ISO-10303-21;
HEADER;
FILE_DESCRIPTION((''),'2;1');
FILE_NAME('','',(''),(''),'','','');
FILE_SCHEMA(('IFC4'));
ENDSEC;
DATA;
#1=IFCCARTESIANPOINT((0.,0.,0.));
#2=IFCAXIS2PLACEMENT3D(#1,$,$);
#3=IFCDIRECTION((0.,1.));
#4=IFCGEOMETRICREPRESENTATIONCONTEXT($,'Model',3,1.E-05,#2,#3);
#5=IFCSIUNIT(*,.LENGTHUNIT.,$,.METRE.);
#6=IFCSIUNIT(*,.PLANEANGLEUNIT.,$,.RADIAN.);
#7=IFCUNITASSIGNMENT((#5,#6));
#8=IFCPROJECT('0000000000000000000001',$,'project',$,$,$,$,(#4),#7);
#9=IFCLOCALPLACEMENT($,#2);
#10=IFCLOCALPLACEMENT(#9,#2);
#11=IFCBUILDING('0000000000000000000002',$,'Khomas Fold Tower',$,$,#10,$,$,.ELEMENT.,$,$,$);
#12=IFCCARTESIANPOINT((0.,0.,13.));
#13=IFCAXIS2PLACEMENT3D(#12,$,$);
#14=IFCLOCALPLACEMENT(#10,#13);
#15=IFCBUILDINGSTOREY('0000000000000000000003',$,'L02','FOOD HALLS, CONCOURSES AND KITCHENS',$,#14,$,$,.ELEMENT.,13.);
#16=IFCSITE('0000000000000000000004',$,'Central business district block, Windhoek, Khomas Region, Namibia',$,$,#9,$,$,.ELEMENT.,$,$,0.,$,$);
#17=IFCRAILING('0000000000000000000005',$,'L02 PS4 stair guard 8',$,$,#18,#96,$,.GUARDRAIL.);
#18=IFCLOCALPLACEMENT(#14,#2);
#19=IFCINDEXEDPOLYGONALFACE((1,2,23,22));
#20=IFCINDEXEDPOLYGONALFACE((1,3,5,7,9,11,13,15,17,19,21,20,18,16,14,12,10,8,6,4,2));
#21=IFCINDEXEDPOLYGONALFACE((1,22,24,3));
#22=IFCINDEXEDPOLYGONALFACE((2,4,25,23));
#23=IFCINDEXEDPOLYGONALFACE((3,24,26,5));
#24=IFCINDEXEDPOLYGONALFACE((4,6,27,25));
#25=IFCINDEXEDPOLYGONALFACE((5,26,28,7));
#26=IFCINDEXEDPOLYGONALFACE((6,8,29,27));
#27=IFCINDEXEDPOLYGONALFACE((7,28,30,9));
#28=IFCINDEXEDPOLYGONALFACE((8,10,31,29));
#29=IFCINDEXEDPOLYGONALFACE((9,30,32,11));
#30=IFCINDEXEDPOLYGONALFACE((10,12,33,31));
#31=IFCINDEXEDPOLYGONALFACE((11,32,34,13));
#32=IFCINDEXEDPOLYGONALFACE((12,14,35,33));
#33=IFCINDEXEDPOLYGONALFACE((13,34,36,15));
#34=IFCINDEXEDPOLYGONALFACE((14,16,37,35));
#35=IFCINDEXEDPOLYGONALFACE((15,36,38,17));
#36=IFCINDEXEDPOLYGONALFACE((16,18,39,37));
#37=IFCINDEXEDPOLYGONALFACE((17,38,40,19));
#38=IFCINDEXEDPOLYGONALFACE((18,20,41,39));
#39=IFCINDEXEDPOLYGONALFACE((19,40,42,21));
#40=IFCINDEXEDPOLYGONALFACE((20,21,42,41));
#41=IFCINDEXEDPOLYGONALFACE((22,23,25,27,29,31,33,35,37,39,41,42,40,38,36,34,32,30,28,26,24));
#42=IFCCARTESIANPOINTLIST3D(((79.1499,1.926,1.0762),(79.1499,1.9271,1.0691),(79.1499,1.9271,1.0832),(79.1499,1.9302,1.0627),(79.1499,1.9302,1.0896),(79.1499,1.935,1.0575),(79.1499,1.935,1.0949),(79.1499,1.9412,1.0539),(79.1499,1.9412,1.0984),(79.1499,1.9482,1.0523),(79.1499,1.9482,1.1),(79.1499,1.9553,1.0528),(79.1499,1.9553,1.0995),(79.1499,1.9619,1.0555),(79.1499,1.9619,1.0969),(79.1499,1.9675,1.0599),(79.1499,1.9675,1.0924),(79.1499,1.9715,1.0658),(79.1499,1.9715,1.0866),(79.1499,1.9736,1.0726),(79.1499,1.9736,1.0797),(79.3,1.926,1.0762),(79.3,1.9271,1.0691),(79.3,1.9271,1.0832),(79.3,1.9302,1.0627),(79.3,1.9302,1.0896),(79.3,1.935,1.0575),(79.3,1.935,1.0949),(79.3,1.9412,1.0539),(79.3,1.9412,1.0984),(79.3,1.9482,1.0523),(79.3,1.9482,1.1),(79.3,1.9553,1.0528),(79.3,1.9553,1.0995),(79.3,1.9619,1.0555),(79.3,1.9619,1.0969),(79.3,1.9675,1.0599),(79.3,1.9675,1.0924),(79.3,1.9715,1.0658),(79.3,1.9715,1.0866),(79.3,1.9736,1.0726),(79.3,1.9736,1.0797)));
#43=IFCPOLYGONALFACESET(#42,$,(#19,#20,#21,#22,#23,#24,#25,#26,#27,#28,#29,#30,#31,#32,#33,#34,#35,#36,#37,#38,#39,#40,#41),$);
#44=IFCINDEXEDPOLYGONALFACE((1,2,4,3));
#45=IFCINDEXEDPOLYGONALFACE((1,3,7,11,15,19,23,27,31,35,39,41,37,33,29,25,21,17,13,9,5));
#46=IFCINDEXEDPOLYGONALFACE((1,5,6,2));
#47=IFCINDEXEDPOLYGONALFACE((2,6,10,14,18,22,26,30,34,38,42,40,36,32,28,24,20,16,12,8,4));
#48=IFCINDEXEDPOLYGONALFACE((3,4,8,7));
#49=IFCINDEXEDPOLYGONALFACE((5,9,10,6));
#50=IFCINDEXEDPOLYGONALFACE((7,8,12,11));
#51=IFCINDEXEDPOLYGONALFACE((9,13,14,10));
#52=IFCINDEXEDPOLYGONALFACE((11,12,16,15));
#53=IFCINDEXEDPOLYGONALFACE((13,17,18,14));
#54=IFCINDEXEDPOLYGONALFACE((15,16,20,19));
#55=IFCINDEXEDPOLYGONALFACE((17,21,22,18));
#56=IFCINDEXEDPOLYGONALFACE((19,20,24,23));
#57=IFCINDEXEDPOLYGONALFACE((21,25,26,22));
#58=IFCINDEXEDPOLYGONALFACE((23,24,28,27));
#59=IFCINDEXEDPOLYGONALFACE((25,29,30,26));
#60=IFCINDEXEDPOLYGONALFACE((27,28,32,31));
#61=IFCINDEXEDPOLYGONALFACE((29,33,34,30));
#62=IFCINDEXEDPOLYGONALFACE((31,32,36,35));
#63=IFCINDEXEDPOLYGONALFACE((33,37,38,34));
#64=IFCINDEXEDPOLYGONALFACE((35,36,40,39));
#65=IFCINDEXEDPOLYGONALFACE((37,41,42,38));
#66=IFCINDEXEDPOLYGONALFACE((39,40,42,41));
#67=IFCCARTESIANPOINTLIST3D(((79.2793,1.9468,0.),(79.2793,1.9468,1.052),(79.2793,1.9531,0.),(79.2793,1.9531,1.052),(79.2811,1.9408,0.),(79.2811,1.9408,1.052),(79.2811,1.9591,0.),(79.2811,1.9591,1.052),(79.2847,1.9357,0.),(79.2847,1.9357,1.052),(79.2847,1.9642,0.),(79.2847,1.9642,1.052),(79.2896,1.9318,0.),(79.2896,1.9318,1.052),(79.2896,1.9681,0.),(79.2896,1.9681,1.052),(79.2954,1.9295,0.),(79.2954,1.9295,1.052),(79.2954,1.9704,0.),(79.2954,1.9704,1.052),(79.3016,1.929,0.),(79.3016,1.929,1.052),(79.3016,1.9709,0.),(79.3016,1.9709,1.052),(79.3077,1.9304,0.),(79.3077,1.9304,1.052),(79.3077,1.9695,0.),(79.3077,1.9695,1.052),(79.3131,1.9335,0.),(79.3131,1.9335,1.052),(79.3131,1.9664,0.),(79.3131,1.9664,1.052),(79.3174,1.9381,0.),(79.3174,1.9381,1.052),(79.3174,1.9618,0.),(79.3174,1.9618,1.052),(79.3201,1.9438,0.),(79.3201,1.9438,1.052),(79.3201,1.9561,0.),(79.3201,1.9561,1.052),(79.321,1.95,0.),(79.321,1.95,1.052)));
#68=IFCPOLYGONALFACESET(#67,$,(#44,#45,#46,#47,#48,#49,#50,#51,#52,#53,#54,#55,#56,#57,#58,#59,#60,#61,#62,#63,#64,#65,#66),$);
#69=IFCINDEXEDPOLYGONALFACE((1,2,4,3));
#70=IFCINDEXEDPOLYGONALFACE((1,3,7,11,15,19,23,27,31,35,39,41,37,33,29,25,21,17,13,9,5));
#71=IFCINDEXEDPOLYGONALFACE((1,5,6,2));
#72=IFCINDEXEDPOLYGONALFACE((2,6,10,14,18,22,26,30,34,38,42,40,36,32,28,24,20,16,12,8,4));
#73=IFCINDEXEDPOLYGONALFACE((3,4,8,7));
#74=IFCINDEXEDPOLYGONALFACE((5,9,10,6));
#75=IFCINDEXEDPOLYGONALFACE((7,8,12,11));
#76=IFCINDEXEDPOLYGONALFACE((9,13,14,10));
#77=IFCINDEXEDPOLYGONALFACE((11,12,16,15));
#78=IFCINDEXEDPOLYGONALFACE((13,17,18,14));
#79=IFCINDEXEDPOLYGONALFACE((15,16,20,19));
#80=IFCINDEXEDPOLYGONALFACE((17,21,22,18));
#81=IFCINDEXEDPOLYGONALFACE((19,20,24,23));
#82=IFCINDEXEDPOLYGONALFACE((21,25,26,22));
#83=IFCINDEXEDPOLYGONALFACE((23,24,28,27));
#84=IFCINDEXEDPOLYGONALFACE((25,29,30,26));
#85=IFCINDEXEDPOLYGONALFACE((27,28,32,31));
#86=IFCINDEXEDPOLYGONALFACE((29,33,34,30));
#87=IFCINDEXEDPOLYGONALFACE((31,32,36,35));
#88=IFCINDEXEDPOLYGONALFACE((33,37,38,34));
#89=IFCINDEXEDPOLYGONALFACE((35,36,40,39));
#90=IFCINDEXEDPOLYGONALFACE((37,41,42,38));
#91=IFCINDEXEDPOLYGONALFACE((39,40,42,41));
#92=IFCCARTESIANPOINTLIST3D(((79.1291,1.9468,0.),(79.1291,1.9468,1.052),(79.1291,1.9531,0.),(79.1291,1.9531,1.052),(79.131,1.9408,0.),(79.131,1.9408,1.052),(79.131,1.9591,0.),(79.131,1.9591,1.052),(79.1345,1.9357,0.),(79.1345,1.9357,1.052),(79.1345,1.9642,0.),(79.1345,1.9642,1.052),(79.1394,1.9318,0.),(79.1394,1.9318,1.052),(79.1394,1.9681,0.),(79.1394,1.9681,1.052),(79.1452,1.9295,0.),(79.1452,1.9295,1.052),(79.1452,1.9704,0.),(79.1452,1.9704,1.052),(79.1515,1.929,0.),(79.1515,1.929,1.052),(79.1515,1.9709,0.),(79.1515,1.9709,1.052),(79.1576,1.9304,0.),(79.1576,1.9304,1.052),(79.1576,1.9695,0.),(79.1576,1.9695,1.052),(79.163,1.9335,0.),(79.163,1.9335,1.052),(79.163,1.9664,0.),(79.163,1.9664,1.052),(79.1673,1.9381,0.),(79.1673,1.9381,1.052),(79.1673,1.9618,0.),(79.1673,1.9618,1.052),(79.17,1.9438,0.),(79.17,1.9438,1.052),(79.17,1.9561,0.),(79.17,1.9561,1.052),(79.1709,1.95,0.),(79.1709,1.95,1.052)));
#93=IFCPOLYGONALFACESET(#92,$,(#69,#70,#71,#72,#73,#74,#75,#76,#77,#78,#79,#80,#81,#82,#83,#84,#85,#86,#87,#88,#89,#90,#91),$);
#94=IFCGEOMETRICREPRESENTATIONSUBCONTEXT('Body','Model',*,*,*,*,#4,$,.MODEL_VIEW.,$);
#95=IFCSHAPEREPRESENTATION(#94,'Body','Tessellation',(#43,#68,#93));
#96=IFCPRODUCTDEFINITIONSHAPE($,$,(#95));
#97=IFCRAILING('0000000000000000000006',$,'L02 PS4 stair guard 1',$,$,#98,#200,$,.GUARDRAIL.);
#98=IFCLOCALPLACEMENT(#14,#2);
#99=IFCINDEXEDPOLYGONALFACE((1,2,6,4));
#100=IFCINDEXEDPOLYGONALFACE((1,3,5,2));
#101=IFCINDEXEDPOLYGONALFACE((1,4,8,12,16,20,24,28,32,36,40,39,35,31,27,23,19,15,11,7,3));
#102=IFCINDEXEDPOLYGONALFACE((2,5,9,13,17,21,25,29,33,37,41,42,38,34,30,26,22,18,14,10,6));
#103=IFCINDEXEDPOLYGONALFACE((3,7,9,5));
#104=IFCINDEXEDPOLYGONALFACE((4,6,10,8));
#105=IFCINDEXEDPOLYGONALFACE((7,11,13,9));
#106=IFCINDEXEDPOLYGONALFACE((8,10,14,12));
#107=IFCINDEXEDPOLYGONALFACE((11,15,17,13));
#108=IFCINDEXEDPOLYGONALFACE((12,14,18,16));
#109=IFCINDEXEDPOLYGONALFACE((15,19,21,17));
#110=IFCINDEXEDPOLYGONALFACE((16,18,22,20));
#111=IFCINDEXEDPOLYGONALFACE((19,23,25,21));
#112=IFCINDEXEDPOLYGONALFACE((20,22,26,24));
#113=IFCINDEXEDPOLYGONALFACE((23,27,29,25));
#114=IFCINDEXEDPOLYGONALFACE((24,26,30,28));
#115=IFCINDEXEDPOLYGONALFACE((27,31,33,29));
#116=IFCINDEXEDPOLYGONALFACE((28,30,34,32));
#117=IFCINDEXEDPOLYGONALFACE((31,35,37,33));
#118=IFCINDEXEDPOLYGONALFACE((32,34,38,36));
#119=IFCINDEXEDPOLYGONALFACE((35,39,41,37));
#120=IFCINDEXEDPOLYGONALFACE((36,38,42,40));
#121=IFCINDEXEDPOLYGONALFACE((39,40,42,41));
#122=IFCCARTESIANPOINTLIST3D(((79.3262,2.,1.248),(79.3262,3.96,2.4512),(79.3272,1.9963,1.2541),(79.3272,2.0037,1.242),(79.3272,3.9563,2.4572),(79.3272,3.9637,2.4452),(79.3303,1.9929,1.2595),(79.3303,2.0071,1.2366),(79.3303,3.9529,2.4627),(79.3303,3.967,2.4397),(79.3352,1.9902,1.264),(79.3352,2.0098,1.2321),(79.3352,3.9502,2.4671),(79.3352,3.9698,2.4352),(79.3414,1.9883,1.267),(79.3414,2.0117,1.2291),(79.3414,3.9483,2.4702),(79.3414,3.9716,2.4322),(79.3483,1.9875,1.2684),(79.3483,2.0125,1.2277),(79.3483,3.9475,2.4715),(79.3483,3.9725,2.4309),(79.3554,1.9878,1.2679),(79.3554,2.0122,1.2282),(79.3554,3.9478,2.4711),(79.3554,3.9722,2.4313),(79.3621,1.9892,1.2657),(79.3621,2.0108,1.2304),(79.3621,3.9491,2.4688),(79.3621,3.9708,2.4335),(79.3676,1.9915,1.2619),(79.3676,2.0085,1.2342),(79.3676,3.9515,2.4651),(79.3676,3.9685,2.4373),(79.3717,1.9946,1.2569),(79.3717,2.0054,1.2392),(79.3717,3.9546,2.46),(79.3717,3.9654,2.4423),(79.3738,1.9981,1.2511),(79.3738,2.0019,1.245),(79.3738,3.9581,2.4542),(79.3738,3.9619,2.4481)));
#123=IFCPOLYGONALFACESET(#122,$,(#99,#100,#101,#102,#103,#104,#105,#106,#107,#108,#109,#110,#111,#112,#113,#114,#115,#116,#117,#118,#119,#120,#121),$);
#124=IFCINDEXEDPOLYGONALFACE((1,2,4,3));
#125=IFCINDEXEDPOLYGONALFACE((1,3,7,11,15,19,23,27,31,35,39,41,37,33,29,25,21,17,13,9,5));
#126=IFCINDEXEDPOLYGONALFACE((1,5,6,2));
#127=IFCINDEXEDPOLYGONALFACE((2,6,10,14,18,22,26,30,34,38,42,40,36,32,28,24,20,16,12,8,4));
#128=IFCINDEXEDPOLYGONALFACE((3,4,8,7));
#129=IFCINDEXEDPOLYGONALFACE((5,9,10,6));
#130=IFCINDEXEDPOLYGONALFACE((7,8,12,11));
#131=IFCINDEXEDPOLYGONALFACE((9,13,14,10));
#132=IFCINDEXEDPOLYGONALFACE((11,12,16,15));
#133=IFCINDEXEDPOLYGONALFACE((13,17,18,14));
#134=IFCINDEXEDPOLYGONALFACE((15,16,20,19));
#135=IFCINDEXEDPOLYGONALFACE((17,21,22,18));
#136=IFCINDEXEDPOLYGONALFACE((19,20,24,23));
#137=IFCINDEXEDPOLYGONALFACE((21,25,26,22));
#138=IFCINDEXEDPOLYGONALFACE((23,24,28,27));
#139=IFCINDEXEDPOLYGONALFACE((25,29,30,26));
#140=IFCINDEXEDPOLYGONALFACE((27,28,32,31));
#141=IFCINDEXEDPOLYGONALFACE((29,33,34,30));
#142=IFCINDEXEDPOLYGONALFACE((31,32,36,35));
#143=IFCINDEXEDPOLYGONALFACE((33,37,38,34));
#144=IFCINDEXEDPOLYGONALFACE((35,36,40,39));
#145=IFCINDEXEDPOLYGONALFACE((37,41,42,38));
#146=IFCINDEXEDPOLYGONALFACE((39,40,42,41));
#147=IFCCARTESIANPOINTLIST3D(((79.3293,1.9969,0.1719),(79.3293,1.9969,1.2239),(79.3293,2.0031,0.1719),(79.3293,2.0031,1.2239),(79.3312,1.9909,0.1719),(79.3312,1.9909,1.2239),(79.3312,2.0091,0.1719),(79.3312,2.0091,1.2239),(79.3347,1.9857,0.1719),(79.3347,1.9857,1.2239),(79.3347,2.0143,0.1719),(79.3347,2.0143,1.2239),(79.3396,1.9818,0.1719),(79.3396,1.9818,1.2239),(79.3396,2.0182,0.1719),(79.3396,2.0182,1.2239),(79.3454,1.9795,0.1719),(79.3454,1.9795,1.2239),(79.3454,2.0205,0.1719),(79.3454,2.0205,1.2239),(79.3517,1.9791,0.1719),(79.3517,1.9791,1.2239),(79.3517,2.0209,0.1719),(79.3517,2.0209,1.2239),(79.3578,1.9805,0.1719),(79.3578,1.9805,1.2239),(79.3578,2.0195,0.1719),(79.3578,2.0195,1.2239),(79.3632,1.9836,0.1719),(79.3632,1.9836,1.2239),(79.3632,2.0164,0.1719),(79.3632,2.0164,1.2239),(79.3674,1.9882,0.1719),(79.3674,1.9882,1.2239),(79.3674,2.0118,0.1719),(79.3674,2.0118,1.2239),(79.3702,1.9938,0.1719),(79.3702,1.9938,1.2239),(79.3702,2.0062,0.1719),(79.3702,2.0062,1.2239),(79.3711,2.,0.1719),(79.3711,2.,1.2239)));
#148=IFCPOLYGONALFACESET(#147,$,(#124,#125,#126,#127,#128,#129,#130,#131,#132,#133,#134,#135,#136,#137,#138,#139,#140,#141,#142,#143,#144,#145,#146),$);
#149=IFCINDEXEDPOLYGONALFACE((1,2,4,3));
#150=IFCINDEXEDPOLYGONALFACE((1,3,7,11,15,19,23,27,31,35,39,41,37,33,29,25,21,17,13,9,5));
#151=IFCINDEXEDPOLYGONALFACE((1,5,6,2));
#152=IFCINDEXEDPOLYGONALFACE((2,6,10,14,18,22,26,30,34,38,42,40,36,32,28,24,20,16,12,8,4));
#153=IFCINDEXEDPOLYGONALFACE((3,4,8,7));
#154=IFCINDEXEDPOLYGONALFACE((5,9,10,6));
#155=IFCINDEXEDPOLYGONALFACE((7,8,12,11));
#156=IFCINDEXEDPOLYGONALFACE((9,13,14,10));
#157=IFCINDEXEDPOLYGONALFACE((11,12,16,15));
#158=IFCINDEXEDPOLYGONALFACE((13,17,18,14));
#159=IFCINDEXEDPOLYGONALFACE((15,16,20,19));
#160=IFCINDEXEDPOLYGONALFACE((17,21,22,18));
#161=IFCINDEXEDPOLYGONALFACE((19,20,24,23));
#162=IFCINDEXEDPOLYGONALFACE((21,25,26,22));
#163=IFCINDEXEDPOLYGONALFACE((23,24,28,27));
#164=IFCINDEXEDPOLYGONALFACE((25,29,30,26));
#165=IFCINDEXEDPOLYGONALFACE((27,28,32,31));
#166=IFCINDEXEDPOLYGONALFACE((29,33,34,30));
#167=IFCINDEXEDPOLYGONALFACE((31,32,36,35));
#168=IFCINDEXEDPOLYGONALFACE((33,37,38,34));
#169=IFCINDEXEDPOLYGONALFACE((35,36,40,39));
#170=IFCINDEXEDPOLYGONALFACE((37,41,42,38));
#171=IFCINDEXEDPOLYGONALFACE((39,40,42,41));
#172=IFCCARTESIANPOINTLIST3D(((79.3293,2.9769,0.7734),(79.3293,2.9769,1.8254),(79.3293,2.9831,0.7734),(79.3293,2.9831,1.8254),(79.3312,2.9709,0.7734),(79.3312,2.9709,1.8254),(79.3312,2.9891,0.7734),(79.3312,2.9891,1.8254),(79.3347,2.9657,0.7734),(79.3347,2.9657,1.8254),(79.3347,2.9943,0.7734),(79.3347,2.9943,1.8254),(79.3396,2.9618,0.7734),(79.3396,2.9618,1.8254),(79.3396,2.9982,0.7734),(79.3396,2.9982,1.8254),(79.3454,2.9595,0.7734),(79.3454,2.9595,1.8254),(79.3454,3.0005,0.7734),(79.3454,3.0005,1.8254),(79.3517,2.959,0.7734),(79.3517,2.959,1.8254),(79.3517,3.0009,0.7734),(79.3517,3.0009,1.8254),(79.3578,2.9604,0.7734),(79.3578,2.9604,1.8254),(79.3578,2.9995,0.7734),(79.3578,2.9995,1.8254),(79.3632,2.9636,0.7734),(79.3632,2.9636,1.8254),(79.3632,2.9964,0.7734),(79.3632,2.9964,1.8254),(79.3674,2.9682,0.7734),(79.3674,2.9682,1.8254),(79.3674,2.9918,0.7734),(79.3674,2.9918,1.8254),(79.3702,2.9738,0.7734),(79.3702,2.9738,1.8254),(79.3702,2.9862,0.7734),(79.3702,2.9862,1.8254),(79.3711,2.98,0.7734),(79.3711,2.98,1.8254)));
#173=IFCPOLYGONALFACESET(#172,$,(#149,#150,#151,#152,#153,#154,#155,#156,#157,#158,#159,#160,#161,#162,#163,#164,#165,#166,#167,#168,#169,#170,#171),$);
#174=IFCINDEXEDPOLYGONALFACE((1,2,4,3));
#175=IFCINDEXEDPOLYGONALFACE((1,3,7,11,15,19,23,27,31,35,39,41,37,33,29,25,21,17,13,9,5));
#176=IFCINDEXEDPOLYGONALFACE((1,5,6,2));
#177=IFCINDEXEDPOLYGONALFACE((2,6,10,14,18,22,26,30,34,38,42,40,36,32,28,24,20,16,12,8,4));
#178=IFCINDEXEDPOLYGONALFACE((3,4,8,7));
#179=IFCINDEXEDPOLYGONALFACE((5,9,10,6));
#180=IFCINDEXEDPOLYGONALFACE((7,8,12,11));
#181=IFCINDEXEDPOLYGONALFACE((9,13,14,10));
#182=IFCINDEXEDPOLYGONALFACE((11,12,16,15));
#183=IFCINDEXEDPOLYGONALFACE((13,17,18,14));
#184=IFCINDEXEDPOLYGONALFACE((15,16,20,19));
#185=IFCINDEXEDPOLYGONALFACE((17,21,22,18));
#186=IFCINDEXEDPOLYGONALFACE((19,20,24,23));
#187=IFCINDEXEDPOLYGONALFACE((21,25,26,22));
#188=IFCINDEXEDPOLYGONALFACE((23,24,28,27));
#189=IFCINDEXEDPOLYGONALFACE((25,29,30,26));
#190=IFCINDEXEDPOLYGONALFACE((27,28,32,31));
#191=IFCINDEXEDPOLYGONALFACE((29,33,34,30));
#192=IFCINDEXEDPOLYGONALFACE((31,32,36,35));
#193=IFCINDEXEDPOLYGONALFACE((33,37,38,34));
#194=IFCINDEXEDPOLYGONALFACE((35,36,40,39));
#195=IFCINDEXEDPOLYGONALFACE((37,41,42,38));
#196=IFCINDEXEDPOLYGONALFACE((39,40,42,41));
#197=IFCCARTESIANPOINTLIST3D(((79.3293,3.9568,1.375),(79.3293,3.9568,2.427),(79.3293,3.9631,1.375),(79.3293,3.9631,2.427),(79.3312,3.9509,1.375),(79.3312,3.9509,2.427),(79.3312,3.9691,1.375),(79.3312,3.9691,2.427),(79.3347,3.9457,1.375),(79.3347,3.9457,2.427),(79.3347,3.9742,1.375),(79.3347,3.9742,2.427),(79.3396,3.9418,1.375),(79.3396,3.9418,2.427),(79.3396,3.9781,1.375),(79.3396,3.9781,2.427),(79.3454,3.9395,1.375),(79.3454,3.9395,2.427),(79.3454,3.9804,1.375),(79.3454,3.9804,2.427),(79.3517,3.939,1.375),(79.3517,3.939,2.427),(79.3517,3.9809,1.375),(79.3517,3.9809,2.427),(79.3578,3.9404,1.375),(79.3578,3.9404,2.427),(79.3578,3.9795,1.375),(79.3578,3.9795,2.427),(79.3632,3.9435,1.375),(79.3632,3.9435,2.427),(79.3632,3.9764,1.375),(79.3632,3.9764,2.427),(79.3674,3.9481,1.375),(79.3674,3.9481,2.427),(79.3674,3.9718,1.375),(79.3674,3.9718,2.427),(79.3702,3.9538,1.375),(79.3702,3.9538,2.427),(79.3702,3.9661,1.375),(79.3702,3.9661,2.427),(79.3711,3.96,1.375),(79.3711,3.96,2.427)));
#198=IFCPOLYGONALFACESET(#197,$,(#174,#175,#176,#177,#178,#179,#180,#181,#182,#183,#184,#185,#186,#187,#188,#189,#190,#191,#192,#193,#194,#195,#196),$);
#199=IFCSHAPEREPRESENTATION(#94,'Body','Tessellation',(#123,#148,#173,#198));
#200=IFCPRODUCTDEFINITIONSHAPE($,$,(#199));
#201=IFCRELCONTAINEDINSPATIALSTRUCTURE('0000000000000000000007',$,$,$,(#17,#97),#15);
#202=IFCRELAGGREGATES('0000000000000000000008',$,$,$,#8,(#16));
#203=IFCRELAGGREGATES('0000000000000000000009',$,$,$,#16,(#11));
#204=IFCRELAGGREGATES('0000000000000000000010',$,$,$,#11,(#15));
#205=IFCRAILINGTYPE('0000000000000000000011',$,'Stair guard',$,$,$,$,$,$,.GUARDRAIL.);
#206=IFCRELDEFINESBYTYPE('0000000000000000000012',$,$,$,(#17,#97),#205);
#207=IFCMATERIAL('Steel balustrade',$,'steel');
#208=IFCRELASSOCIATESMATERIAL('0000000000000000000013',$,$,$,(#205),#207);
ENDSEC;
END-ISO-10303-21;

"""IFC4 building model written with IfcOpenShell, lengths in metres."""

from ifc_helpers import new_model, si_unit, direction, frame, origin, origin_2d, place, context, subcontext, project, spatial, circle, extrude, source, transform, mapped, material, type_object, element, save


model = new_model("IFC4")

# Units and contexts
model_context = context("Model", 3, precision=1e-05, world=origin(), true_north=direction((0.0, 1.0)))
body_context = subcontext(model_context, "Body", "Model", "MODEL_VIEW")
ifc_project = project(units=[si_unit("LENGTHUNIT", "METRE"), si_unit("PLANEANGLEUNIT", "RADIAN")], contexts=[model_context])

# Site, building, storey
site_placement = place(None, origin())
site = spatial("IfcSite", under=ifc_project, at=site_placement, Name="Central business district block, Windhoek, Khomas Region, Namibia", CompositionType="ELEMENT", RefElevation=0.0)
building_placement = place(site_placement, origin())
building = spatial("IfcBuilding", under=site, at=building_placement, Name="Khomas Fold Tower", CompositionType="ELEMENT")
storey_placement = place(building_placement, frame((0.0, 0.0, 13.0)))
storey = spatial("IfcBuildingStorey", under=building, at=storey_placement, Name="L02", Description="FOOD HALLS, CONCOURSES AND KITCHENS", CompositionType="ELEMENT", Elevation=13.0)

# Railings
ifc_material_1 = material(Name="Steel balustrade", Category="steel")
railing_type_1 = type_object("IfcRailingType", Name="Stair guard", PredefinedType="GUARDRAIL", material=ifc_material_1)
shared_shape_1 = source(origin(), body_context, "Body", "SweptSolid", [
    extrude(circle(Radius=0.0239, at=origin_2d()), frame((0.0, 0.0, 1.0762), z_axis=(-1.0, 0.0, 0.0), x_axis=(0.0, -1.0, 0.0)), (0.0, 0.0, 1.0), 0.1501),
    extrude(circle(Radius=0.021, at=origin_2d()), origin(), (0.0, 0.0, 1.0), 1.052),
    extrude(circle(Radius=0.021, at=origin_2d()), frame((-0.1501, 0.0, 0.0)), (0.0, 0.0, 1.0), 1.052),
])
for number, where, name in (
    (1, (79.3, 1.95, 0.0), "L02 PS4 stair guard 8"),
):
    element("IfcRailing", number, at=place(storey_placement, frame(where)), inside=storey, type_object=railing_type_1, Name=name, PredefinedType="GUARDRAIL", context=body_context, shape_type="MappedRepresentation", body=[
        mapped(shared_shape_1, transform((0.0, 0.0, 0.0))),
    ])
shared_shape_2 = source(origin(), body_context, "Body", "SweptSolid", [
    extrude(circle(Radius=0.0239, at=origin_2d()), frame((0.0, 0.0, 1.0762), z_axis=(0.0, 0.852241, 0.523149), x_axis=(-1.0, 0.0, 0.0)), (0.0, 0.0, 1.0), 2.2998),
    extrude(circle(Radius=0.021, at=origin_2d()), origin(), (0.0, 0.0, 1.0), 1.052),
    extrude(circle(Radius=0.021, at=origin_2d()), frame((0.0, 0.98, 0.6016)), (0.0, 0.0, 1.0), 1.052),
    extrude(circle(Radius=0.021, at=origin_2d()), frame((0.0, 1.96, 1.2031)), (0.0, 0.0, 1.0), 1.052),
])
for number, where, name in (
    (2, (79.3501, 2.0, 0.1719), "L02 PS4 stair guard 1"),
):
    element("IfcRailing", number, at=place(storey_placement, frame(where)), inside=storey, type_object=railing_type_1, Name=name, PredefinedType="GUARDRAIL", context=body_context, shape_type="MappedRepresentation", body=[
        mapped(shared_shape_2, transform((0.0, 0.0, 0.0))),
    ])

save(model, "model.ifc")
